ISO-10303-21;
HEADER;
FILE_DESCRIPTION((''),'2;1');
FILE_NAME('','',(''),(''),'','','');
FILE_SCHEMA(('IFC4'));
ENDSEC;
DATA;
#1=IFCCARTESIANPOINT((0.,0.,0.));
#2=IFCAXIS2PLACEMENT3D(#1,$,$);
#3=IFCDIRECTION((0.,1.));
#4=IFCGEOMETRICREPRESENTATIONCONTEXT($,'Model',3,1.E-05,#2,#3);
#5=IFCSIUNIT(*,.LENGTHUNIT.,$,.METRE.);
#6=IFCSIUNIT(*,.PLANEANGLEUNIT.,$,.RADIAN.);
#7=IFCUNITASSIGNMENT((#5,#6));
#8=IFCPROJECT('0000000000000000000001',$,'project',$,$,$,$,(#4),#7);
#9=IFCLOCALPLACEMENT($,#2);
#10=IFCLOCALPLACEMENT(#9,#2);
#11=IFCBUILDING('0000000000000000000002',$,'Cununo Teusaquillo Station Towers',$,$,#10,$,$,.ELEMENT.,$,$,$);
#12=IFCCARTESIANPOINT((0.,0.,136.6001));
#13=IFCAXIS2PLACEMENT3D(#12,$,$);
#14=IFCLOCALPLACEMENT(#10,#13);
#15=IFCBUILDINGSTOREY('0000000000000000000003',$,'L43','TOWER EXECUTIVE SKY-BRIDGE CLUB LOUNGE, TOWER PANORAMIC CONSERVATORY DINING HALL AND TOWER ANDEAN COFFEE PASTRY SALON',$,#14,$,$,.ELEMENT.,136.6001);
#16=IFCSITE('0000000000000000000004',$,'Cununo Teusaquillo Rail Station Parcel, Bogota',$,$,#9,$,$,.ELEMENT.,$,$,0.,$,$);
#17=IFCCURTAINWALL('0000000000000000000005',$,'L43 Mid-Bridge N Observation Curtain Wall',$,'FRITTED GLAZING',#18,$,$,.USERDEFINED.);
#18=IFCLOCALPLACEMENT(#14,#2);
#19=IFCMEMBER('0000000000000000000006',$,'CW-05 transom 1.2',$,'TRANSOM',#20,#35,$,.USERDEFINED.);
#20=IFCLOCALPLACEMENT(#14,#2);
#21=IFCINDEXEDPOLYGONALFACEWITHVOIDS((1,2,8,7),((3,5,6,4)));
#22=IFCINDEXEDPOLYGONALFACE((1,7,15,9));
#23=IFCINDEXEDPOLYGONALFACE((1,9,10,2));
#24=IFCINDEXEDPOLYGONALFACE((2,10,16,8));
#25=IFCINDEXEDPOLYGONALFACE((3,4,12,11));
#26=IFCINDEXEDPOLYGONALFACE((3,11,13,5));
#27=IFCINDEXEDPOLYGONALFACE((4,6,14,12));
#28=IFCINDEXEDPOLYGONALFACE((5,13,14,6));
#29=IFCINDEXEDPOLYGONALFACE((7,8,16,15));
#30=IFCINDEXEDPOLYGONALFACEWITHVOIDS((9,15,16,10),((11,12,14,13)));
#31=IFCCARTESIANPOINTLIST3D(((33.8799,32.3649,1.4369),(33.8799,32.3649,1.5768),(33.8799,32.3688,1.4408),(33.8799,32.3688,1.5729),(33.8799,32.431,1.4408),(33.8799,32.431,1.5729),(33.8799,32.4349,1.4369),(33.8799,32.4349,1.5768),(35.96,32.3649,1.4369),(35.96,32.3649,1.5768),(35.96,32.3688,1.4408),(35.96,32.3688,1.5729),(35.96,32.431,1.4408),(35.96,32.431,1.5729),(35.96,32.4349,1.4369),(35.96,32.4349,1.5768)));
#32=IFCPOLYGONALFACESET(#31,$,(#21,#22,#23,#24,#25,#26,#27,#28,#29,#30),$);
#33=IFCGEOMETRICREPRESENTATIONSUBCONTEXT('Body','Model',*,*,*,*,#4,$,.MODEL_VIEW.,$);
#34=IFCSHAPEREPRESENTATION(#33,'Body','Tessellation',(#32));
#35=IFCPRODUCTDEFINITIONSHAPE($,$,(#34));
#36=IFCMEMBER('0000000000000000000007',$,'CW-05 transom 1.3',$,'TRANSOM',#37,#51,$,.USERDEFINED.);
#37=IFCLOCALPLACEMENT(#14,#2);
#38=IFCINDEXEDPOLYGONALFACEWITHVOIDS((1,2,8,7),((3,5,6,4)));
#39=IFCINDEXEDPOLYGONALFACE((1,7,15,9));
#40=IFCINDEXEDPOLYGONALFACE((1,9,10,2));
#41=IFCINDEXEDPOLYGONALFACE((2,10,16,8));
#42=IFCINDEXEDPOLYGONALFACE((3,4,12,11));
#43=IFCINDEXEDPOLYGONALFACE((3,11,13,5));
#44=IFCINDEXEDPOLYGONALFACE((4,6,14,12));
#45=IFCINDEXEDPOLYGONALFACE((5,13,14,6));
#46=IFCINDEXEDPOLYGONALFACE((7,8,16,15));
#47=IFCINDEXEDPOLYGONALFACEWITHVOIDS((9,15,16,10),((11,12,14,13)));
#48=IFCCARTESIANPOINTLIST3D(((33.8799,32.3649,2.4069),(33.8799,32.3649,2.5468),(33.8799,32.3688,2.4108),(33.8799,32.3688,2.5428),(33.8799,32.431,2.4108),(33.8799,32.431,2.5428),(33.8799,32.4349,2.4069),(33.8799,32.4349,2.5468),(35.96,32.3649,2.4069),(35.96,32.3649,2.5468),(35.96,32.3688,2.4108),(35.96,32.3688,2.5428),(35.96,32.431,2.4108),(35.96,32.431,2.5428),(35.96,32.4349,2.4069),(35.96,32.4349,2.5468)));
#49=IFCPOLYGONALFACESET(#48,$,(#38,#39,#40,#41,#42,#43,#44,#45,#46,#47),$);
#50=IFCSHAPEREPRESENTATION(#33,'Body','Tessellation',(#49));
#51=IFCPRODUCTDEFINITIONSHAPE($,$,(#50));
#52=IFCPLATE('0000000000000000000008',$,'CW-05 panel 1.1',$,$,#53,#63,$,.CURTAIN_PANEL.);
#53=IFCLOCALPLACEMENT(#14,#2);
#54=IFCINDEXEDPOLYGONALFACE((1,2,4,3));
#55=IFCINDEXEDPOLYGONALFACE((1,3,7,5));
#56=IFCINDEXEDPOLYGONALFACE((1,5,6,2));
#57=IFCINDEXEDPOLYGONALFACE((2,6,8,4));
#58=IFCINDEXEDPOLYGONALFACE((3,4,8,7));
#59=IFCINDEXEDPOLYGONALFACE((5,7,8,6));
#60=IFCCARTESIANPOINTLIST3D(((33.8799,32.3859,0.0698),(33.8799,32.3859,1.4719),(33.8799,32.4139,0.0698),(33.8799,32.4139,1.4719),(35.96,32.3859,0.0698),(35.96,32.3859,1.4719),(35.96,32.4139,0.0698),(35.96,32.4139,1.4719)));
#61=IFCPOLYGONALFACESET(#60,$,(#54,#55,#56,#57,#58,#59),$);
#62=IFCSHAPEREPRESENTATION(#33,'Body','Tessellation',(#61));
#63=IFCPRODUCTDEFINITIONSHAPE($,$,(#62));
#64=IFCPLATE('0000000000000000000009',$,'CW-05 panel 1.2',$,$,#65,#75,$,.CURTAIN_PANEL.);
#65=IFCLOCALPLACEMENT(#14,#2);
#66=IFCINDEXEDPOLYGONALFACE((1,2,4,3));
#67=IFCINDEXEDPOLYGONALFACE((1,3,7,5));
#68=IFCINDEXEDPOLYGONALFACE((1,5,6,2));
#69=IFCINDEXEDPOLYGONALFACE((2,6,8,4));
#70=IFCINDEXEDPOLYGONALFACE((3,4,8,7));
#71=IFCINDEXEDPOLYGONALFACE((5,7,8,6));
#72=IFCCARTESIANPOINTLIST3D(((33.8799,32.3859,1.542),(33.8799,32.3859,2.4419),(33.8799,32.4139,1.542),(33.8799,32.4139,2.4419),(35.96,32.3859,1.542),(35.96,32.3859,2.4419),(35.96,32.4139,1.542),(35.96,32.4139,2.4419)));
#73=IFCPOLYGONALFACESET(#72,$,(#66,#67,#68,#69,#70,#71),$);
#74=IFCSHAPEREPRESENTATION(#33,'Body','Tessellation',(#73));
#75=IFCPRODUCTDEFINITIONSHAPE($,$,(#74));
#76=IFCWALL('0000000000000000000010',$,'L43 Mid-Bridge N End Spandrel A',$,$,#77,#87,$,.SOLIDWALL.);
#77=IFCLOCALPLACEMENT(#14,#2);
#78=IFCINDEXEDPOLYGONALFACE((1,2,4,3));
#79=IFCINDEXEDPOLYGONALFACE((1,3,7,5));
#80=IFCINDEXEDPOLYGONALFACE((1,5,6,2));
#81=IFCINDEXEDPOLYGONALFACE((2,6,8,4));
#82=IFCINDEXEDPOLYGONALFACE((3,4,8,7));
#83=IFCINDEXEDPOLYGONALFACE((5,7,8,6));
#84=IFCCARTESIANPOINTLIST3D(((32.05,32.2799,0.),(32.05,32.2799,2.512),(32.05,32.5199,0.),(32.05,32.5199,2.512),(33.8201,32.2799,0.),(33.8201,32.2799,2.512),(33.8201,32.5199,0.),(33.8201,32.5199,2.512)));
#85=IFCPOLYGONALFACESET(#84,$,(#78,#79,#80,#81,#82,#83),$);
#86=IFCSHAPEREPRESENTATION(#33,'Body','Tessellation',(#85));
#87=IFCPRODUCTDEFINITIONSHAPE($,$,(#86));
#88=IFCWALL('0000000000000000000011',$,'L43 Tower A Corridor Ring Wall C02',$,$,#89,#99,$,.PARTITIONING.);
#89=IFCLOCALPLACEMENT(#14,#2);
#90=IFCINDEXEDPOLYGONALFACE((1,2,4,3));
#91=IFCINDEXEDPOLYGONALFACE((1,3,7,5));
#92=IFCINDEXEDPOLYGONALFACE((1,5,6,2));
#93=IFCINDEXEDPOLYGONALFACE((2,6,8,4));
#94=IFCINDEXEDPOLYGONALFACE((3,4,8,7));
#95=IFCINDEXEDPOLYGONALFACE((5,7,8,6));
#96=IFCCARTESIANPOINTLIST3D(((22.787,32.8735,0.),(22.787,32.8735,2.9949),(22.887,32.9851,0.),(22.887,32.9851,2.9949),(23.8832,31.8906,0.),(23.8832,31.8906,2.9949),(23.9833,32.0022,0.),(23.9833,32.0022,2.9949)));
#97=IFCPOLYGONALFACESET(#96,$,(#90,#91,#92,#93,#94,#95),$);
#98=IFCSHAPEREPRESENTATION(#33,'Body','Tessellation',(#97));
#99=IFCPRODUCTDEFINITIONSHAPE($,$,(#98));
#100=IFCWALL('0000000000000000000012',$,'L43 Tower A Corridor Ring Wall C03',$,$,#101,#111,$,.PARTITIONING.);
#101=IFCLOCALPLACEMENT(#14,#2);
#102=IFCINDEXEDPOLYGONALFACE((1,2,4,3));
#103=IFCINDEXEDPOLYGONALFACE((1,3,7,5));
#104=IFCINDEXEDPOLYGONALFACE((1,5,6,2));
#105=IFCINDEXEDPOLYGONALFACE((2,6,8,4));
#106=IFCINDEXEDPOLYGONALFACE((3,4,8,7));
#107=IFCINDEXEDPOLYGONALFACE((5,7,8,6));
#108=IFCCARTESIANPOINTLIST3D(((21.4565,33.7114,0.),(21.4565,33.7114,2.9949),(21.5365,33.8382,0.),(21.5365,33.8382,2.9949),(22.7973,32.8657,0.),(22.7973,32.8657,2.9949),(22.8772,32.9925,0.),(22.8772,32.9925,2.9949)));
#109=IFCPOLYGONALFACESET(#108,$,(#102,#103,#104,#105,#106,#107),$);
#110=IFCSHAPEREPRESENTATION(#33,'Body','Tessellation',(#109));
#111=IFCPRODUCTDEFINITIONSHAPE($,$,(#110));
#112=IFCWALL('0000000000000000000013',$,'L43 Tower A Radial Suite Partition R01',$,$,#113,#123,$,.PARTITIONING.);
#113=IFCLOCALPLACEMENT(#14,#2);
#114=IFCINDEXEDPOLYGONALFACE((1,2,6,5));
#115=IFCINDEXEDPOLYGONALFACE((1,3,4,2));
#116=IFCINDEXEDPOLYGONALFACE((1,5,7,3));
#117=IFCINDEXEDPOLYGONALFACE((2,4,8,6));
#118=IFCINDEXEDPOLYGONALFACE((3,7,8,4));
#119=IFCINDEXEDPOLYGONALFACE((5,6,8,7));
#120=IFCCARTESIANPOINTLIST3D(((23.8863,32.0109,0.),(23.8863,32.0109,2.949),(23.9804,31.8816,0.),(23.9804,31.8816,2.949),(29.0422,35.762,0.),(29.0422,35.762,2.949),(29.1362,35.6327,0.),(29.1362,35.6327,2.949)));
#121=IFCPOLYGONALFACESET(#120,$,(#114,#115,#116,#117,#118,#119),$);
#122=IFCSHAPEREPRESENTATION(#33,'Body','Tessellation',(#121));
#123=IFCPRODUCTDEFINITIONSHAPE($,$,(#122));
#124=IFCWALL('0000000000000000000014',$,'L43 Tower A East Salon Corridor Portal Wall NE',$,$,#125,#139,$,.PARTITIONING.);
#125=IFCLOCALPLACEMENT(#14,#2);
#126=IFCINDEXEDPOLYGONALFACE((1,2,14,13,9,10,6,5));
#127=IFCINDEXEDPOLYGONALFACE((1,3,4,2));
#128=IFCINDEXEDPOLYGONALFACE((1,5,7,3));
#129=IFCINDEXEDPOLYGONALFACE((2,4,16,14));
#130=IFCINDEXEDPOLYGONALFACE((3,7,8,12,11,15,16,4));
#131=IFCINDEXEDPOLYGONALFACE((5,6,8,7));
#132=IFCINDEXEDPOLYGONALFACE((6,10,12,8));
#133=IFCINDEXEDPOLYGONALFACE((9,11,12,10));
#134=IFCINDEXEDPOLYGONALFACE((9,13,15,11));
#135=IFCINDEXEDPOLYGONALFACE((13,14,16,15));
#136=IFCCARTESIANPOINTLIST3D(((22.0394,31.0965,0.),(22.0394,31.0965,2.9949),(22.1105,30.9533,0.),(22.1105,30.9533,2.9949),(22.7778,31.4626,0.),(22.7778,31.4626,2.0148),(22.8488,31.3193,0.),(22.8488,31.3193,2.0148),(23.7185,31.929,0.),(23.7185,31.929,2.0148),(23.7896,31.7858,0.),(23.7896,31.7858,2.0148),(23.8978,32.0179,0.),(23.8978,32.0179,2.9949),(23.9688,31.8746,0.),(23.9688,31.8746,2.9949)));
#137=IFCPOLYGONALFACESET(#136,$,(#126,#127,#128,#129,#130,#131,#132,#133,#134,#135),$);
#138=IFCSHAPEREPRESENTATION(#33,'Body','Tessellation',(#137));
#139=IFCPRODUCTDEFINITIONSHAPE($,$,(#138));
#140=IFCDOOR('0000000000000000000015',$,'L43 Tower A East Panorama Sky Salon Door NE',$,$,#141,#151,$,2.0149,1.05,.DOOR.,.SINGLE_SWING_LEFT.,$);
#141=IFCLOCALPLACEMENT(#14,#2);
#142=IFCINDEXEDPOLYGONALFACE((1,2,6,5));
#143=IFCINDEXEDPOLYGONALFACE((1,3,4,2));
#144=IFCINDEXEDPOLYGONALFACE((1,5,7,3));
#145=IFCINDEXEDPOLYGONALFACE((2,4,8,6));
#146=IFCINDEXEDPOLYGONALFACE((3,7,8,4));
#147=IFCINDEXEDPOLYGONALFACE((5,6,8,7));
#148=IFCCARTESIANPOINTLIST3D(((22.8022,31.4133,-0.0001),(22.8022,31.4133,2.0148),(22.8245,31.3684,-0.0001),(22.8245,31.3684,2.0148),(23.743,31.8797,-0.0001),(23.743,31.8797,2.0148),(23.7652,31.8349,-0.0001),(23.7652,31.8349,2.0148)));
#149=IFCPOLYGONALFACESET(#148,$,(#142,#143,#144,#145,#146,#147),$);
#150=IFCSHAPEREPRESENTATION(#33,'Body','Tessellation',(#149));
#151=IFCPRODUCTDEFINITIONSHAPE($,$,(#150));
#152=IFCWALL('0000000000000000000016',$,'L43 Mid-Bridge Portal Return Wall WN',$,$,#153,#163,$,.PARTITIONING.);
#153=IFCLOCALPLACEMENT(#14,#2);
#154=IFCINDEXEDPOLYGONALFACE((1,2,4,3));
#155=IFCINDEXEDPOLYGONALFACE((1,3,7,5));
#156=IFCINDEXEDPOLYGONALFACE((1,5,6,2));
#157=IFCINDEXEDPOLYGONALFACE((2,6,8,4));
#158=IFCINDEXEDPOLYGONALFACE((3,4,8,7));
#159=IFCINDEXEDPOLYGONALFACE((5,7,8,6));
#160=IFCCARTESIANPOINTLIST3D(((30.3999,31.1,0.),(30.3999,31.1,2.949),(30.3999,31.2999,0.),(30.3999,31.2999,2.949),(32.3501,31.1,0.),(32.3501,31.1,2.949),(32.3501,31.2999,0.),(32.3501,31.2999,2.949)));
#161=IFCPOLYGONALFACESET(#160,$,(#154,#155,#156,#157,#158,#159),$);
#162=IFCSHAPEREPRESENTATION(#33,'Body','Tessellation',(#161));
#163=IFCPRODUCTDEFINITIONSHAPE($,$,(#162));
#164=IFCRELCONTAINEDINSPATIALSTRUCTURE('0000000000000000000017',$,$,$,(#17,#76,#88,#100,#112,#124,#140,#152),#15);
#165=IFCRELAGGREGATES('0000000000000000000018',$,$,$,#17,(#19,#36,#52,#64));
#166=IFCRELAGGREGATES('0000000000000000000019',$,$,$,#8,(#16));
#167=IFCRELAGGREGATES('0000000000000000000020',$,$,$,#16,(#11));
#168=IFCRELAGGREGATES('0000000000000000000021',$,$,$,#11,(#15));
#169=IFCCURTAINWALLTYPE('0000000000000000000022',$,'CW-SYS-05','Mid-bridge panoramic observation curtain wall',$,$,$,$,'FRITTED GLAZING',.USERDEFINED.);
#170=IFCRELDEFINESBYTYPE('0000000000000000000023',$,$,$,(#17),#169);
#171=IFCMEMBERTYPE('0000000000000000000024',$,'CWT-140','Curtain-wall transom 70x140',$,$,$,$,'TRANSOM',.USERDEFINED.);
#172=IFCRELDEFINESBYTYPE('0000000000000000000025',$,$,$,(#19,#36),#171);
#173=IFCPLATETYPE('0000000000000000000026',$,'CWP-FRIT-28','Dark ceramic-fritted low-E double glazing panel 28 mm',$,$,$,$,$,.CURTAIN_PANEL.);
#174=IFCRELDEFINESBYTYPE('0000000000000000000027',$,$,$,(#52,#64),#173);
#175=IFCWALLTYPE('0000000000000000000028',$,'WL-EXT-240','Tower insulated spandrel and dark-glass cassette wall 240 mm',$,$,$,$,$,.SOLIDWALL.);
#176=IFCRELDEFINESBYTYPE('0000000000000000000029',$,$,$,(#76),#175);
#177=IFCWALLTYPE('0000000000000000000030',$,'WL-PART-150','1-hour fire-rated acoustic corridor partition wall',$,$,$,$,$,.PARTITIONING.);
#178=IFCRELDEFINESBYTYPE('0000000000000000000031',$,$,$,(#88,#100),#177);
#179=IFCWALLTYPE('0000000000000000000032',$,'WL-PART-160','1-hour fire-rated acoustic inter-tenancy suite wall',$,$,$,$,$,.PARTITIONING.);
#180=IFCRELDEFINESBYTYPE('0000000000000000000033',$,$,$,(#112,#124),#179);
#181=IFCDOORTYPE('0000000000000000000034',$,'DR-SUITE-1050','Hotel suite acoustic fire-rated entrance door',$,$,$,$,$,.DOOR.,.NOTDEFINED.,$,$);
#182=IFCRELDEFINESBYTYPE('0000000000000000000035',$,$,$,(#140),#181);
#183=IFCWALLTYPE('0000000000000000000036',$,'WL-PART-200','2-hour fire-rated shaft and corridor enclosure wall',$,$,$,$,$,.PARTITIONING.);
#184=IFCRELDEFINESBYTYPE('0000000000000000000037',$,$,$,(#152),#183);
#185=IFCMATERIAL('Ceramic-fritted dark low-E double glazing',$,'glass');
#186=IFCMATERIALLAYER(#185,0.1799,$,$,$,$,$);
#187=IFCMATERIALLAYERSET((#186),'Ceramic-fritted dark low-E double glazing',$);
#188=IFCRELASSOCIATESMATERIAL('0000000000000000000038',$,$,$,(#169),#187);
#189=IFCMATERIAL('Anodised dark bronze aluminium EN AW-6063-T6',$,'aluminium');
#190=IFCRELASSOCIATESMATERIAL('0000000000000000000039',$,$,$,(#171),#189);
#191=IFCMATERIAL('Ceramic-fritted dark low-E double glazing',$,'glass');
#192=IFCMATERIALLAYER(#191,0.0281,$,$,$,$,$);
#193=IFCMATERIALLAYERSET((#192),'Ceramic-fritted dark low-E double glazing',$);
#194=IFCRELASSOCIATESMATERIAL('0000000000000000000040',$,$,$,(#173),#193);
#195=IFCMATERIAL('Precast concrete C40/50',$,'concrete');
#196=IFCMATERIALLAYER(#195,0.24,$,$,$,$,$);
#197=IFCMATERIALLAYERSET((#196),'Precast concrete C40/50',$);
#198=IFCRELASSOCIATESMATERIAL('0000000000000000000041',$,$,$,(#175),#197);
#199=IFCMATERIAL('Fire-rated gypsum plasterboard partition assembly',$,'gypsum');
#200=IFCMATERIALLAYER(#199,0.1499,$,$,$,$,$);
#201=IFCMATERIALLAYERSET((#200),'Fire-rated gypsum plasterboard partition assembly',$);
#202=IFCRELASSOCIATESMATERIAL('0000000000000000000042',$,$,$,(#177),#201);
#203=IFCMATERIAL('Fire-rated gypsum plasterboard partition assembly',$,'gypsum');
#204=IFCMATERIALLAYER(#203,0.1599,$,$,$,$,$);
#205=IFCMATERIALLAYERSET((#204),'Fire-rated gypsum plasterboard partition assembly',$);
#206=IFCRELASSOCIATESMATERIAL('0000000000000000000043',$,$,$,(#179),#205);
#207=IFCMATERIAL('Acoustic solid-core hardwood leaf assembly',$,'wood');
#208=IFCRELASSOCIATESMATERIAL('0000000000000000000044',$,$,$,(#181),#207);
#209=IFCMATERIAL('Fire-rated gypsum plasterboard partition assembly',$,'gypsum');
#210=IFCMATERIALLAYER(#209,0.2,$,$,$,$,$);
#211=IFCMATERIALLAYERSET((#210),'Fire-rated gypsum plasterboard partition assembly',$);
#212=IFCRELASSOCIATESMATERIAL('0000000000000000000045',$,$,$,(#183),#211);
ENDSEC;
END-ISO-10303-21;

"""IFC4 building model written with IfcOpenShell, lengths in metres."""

from ifc_helpers import new_model, si_unit, direction, frame, frame_2d, origin, origin_2d, place, context, subcontext, project, spatial, rectangle, hollow_rectangle, extrude, source, transform, mapped, material, layer, layer_set, material_profile, profile_set, type_object, element, fill, aggregate, save


model = new_model("IFC4")

# Units and contexts
model_context = context("Model", 3, precision=1e-05, world=origin(), true_north=direction((0.0, 1.0)))
body_context = subcontext(model_context, "Body", "Model", "MODEL_VIEW")
ifc_project = project(units=[si_unit("LENGTHUNIT", "METRE"), si_unit("PLANEANGLEUNIT", "RADIAN")], contexts=[model_context])

# Site, building, storey
site_placement = place(None, origin())
site = spatial("IfcSite", under=ifc_project, at=site_placement, Name="Cununo Teusaquillo Rail Station Parcel, Bogota", CompositionType="ELEMENT", RefElevation=0.0)
building_placement = place(site_placement, origin())
building = spatial("IfcBuilding", under=site, at=building_placement, Name="Cununo Teusaquillo Station Towers", CompositionType="ELEMENT")
storey_placement = place(building_placement, frame((0.0, 0.0, 136.6001)))
storey = spatial("IfcBuildingStorey", under=building, at=storey_placement, Name="L43", Description="TOWER EXECUTIVE SKY-BRIDGE CLUB LOUNGE, TOWER PANORAMIC CONSERVATORY DINING HALL AND TOWER ANDEAN COFFEE PASTRY SALON", CompositionType="ELEMENT", Elevation=136.6001)

# Curtain wall, members, plates
ifc_material_1 = material(Name="Ceramic-fritted dark low-E double glazing", Category="glass")
ifc_layer_1 = layer(ifc_material_1, 0.1799)
ifc_layer_set_1 = layer_set([ifc_layer_1], Name="Ceramic-fritted dark low-E double glazing")
curtain_wall_type = type_object("IfcCurtainWallType", Name="CW-SYS-05", Description="Mid-bridge panoramic observation curtain wall", ElementType="FRITTED GLAZING", PredefinedType="USERDEFINED", material=ifc_layer_set_1)
curtain_wall_placement = place(storey_placement, origin())
curtain_wall = element("IfcCurtainWall", 1, at=curtain_wall_placement, inside=storey, type_object=curtain_wall_type, Name="L43 Mid-Bridge N Observation Curtain Wall", ObjectType="FRITTED GLAZING", PredefinedType="USERDEFINED")
ifc_material_2 = material(Name="Anodised dark bronze aluminium EN AW-6063-T6", Category="aluminium")
ifc_material_profile_1 = material_profile(ifc_material_2, hollow_rectangle(XDim=0.0701, YDim=0.1399, WallThickness=0.0039, at=origin_2d()), Name="CW-TRAN-70x140")
ifc_profile_set_1 = profile_set([ifc_material_profile_1], Name="Anodised dark bronze aluminium EN AW-6063-T6")
member_type_1 = type_object("IfcMemberType", Name="CWT-140", Description="Curtain-wall transom 70x140", ElementType="TRANSOM", PredefinedType="USERDEFINED", material=ifc_profile_set_1)
member_1_placement = place(storey_placement, frame((33.8799, 32.3999, 1.5068), z_axis=(1.0, 0.0, 0.0), x_axis=(0.0, 1.0, 0.0)))
member_1 = element("IfcMember", 2, at=member_1_placement, type_object=member_type_1, Name="CW-05 transom 1.2", ObjectType="TRANSOM", PredefinedType="USERDEFINED", context=body_context, shape_type="SweptSolid", body=[
    extrude(hollow_rectangle(XDim=0.0701, YDim=0.1399, WallThickness=0.0039, at=origin_2d()), origin(), (0.0, 0.0, 1.0), 2.0801),
])
member_2_placement = place(storey_placement, frame((33.8799, 32.3999, 2.4768), z_axis=(1.0, 0.0, 0.0), x_axis=(0.0, 1.0, 0.0)))
member_2 = element("IfcMember", 3, at=member_2_placement, type_object=member_type_1, Name="CW-05 transom 1.3", ObjectType="TRANSOM", PredefinedType="USERDEFINED", context=body_context, shape_type="SweptSolid", body=[
    extrude(hollow_rectangle(XDim=0.0701, YDim=0.1399, WallThickness=0.0039, at=origin_2d()), origin(), (0.0, 0.0, 1.0), 2.0801),
])
ifc_material_3 = material(Name="Ceramic-fritted dark low-E double glazing", Category="glass")
ifc_layer_2 = layer(ifc_material_3, 0.0281)
ifc_layer_set_2 = layer_set([ifc_layer_2], Name="Ceramic-fritted dark low-E double glazing")
plate_type = type_object("IfcPlateType", Name="CWP-FRIT-28", Description="Dark ceramic-fritted low-E double glazing panel 28 mm", PredefinedType="CURTAIN_PANEL", material=ifc_layer_set_2)
shared_shape_1 = source(origin(), body_context, "Body", "SweptSolid", [
    extrude(rectangle(XDim=2.0801, YDim=0.0281, at=origin_2d()), origin(), (0.0, 0.0, 1.0), 1.4021),
])
plate_1_placement = place(storey_placement, frame((34.9199, 32.3999, 0.0698), z_axis=(0.0, 0.0, 1.0), x_axis=(1.0, 0.0, 0.0)))
plate_1 = element("IfcPlate", 4, at=plate_1_placement, type_object=plate_type, Name="CW-05 panel 1.1", PredefinedType="CURTAIN_PANEL", context=body_context, shape_type="MappedRepresentation", body=[
    mapped(shared_shape_1, transform((0.0, 0.0, 0.0), x_axis=(1.0, 0.0, 0.0), y_axis=(0.0, 1.0, 0.0), z_axis=(0.0, 0.0, 1.0), scale=1.0)),
])
shared_shape_2 = source(origin(), body_context, "Body", "SweptSolid", [
    extrude(rectangle(XDim=2.0801, YDim=0.0281, at=origin_2d()), origin(), (0.0, 0.0, 1.0), 0.8999),
])
plate_2_placement = place(storey_placement, frame((34.9199, 32.3999, 1.542), z_axis=(0.0, 0.0, 1.0), x_axis=(1.0, 0.0, 0.0)))
plate_2 = element("IfcPlate", 5, at=plate_2_placement, type_object=plate_type, Name="CW-05 panel 1.2", PredefinedType="CURTAIN_PANEL", context=body_context, shape_type="MappedRepresentation", body=[
    mapped(shared_shape_2, transform((0.0, 0.0, 0.0), x_axis=(1.0, 0.0, 0.0), y_axis=(0.0, 1.0, 0.0), z_axis=(0.0, 0.0, 1.0), scale=1.0)),
])
aggregate(curtain_wall, [member_1, member_2, plate_1, plate_2])

# Walls
ifc_material_4 = material(Name="Precast concrete C40/50", Category="concrete")
ifc_layer_3 = layer(ifc_material_4, 0.24)
ifc_layer_set_3 = layer_set([ifc_layer_3], Name="Precast concrete C40/50")
wall_type_1 = type_object("IfcWallType", Name="WL-EXT-240", Description="Tower insulated spandrel and dark-glass cassette wall 240 mm", PredefinedType="SOLIDWALL", material=ifc_layer_set_3)
wall_1_placement = place(storey_placement, frame((32.05, 32.3999, 0.0), z_axis=(0.0, 0.0, 1.0), x_axis=(1.0, 0.0, 0.0)))
element("IfcWall", 6, at=wall_1_placement, inside=storey, type_object=wall_type_1, Name="L43 Mid-Bridge N End Spandrel A", PredefinedType="SOLIDWALL", context=body_context, shape_type="SweptSolid", body=[
    extrude(rectangle(XDim=1.77, YDim=0.24, at=frame_2d((0.885, 0.0))), origin(), (0.0, 0.0, 1.0), 2.512),
])
ifc_material_5 = material(Name="Fire-rated gypsum plasterboard partition assembly", Category="gypsum")
ifc_layer_4 = layer(ifc_material_5, 0.1499)
ifc_layer_set_4 = layer_set([ifc_layer_4], Name="Fire-rated gypsum plasterboard partition assembly")
wall_type_2 = type_object("IfcWallType", Name="WL-PART-150", Description="1-hour fire-rated acoustic corridor partition wall", PredefinedType="PARTITIONING", material=ifc_layer_set_4)
wall_2_placement = place(storey_placement, frame((23.9333, 31.9463, 0.0), z_axis=(0.0, 0.0, 1.0), x_axis=(-0.74453, 0.667589, 0.0)))
element("IfcWall", 7, at=wall_2_placement, inside=storey, type_object=wall_type_2, Name="L43 Tower A Corridor Ring Wall C02", PredefinedType="PARTITIONING", context=body_context, shape_type="SweptSolid", body=[
    extrude(rectangle(XDim=1.4724, YDim=0.1499, at=frame_2d((0.7363, 0.0))), origin(), (0.0, 0.0, 1.0), 2.9949),
])
wall_3_placement = place(storey_placement, frame((22.8372, 32.9292, 0.0), z_axis=(0.0, 0.0, 1.0), x_axis=(-0.845811, 0.533483, 0.0)))
element("IfcWall", 8, at=wall_3_placement, inside=storey, type_object=wall_type_2, Name="L43 Tower A Corridor Ring Wall C03", PredefinedType="PARTITIONING", context=body_context, shape_type="SweptSolid", body=[
    extrude(rectangle(XDim=1.5852, YDim=0.1499, at=frame_2d((0.7925, 0.0))), origin(), (0.0, 0.0, 1.0), 2.9949),
])
ifc_material_6 = material(Name="Fire-rated gypsum plasterboard partition assembly", Category="gypsum")
ifc_layer_5 = layer(ifc_material_6, 0.1599)
ifc_layer_set_5 = layer_set([ifc_layer_5], Name="Fire-rated gypsum plasterboard partition assembly")
wall_type_3 = type_object("IfcWallType", Name="WL-PART-160", Description="1-hour fire-rated acoustic inter-tenancy suite wall", PredefinedType="PARTITIONING", material=ifc_layer_set_5)
wall_4_placement = place(storey_placement, frame((23.9333, 31.9463, 0.0), z_axis=(0.0, 0.0, 1.0), x_axis=(0.808637, 0.588308, 0.0)))
element("IfcWall", 9, at=wall_4_placement, inside=storey, type_object=wall_type_3, Name="L43 Tower A Radial Suite Partition R01", PredefinedType="PARTITIONING", context=body_context, shape_type="SweptSolid", body=[
    extrude(rectangle(XDim=6.376, YDim=0.1599, at=frame_2d((3.188, 0.0))), origin(), (0.0, 0.0, 1.0), 2.949),
])

# Wall, opening, door
wall_5_placement = place(storey_placement, frame((22.075, 31.0249, 0.0), z_axis=(0.0, 0.0, 1.0), x_axis=(0.895929, 0.444198, 0.0)))
wall_5 = element("IfcWall", 10, at=wall_5_placement, inside=storey, type_object=wall_type_3, Name="L43 Tower A East Salon Corridor Portal Wall NE", PredefinedType="PARTITIONING", context=body_context, shape_type="SweptSolid", body=[
    extrude(rectangle(XDim=2.0742, YDim=0.1599, at=frame_2d((1.0371, 0.0))), origin(), (0.0, 0.0, 1.0), 2.9949),
])
shared_shape_3 = source(origin(), body_context, "Body", "SweptSolid", [
    extrude(rectangle(XDim=1.05, YDim=2.0149, at=frame_2d((0.5249, 1.0073))), frame((0.0, 0.0898, 0.0), z_axis=(0.0, -1.0, 0.0), x_axis=(1.0, 0.0, 0.0)), (0.0, 0.0, 1.0), 0.1799),
])
opening_placement = place(wall_5_placement, frame((0.8242, 0.0, 0.0)))
opening = element("IfcOpeningElement", 11, at=opening_placement, cuts=wall_5, PredefinedType="OPENING", context=body_context, shape_type="MappedRepresentation", body=[
    mapped(shared_shape_3, transform((0.0, 0.0, 0.0), x_axis=(1.0, 0.0, 0.0), y_axis=(0.0, 1.0, 0.0), z_axis=(0.0, 0.0, 1.0), scale=1.0)),
])
ifc_material_7 = material(Name="Acoustic solid-core hardwood leaf assembly", Category="wood")
door_type = type_object("IfcDoorType", Name="DR-SUITE-1050", Description="Hotel suite acoustic fire-rated entrance door", OperationType="NOTDEFINED", PredefinedType="DOOR", material=ifc_material_7)
shared_shape_4 = source(origin(), body_context, "Body", "SweptSolid", [
    extrude(rectangle(XDim=1.05, YDim=2.0149, at=frame_2d((0.5249, 1.0073))), frame((0.0, 0.0249, 0.0), z_axis=(0.0, -1.0, 0.0), x_axis=(1.0, 0.0, 0.0)), (0.0, 0.0, 1.0), 0.05),
])
door_placement = place(opening_placement, origin())
door = element("IfcDoor", 12, at=door_placement, inside=storey, type_object=door_type, Name="L43 Tower A East Panorama Sky Salon Door NE", OperationType="SINGLE_SWING_LEFT", OverallHeight=2.0149, OverallWidth=1.05, PredefinedType="DOOR", context=body_context, shape_type="MappedRepresentation", body=[
    mapped(shared_shape_4, transform((0.0, 0.0, 0.0), x_axis=(1.0, 0.0, 0.0), y_axis=(0.0, 1.0, 0.0), z_axis=(0.0, 0.0, 1.0), scale=1.0)),
])
fill(opening, door)

# Wall
ifc_material_8 = material(Name="Fire-rated gypsum plasterboard partition assembly", Category="gypsum")
ifc_layer_6 = layer(ifc_material_8, 0.2)
ifc_layer_set_6 = layer_set([ifc_layer_6], Name="Fire-rated gypsum plasterboard partition assembly")
wall_type_4 = type_object("IfcWallType", Name="WL-PART-200", Description="2-hour fire-rated shaft and corridor enclosure wall", PredefinedType="PARTITIONING", material=ifc_layer_set_6)
wall_6_placement = place(storey_placement, frame((30.3999, 31.2, 0.0), z_axis=(0.0, 0.0, 1.0), x_axis=(1.0, 0.0, 0.0)))
element("IfcWall", 13, at=wall_6_placement, inside=storey, type_object=wall_type_4, Name="L43 Mid-Bridge Portal Return Wall WN", PredefinedType="PARTITIONING", context=body_context, shape_type="SweptSolid", body=[
    extrude(rectangle(XDim=1.9502, YDim=0.2, at=frame_2d((0.9751, 0.0))), origin(), (0.0, 0.0, 1.0), 2.949),
])

save(model, "model.ifc")
